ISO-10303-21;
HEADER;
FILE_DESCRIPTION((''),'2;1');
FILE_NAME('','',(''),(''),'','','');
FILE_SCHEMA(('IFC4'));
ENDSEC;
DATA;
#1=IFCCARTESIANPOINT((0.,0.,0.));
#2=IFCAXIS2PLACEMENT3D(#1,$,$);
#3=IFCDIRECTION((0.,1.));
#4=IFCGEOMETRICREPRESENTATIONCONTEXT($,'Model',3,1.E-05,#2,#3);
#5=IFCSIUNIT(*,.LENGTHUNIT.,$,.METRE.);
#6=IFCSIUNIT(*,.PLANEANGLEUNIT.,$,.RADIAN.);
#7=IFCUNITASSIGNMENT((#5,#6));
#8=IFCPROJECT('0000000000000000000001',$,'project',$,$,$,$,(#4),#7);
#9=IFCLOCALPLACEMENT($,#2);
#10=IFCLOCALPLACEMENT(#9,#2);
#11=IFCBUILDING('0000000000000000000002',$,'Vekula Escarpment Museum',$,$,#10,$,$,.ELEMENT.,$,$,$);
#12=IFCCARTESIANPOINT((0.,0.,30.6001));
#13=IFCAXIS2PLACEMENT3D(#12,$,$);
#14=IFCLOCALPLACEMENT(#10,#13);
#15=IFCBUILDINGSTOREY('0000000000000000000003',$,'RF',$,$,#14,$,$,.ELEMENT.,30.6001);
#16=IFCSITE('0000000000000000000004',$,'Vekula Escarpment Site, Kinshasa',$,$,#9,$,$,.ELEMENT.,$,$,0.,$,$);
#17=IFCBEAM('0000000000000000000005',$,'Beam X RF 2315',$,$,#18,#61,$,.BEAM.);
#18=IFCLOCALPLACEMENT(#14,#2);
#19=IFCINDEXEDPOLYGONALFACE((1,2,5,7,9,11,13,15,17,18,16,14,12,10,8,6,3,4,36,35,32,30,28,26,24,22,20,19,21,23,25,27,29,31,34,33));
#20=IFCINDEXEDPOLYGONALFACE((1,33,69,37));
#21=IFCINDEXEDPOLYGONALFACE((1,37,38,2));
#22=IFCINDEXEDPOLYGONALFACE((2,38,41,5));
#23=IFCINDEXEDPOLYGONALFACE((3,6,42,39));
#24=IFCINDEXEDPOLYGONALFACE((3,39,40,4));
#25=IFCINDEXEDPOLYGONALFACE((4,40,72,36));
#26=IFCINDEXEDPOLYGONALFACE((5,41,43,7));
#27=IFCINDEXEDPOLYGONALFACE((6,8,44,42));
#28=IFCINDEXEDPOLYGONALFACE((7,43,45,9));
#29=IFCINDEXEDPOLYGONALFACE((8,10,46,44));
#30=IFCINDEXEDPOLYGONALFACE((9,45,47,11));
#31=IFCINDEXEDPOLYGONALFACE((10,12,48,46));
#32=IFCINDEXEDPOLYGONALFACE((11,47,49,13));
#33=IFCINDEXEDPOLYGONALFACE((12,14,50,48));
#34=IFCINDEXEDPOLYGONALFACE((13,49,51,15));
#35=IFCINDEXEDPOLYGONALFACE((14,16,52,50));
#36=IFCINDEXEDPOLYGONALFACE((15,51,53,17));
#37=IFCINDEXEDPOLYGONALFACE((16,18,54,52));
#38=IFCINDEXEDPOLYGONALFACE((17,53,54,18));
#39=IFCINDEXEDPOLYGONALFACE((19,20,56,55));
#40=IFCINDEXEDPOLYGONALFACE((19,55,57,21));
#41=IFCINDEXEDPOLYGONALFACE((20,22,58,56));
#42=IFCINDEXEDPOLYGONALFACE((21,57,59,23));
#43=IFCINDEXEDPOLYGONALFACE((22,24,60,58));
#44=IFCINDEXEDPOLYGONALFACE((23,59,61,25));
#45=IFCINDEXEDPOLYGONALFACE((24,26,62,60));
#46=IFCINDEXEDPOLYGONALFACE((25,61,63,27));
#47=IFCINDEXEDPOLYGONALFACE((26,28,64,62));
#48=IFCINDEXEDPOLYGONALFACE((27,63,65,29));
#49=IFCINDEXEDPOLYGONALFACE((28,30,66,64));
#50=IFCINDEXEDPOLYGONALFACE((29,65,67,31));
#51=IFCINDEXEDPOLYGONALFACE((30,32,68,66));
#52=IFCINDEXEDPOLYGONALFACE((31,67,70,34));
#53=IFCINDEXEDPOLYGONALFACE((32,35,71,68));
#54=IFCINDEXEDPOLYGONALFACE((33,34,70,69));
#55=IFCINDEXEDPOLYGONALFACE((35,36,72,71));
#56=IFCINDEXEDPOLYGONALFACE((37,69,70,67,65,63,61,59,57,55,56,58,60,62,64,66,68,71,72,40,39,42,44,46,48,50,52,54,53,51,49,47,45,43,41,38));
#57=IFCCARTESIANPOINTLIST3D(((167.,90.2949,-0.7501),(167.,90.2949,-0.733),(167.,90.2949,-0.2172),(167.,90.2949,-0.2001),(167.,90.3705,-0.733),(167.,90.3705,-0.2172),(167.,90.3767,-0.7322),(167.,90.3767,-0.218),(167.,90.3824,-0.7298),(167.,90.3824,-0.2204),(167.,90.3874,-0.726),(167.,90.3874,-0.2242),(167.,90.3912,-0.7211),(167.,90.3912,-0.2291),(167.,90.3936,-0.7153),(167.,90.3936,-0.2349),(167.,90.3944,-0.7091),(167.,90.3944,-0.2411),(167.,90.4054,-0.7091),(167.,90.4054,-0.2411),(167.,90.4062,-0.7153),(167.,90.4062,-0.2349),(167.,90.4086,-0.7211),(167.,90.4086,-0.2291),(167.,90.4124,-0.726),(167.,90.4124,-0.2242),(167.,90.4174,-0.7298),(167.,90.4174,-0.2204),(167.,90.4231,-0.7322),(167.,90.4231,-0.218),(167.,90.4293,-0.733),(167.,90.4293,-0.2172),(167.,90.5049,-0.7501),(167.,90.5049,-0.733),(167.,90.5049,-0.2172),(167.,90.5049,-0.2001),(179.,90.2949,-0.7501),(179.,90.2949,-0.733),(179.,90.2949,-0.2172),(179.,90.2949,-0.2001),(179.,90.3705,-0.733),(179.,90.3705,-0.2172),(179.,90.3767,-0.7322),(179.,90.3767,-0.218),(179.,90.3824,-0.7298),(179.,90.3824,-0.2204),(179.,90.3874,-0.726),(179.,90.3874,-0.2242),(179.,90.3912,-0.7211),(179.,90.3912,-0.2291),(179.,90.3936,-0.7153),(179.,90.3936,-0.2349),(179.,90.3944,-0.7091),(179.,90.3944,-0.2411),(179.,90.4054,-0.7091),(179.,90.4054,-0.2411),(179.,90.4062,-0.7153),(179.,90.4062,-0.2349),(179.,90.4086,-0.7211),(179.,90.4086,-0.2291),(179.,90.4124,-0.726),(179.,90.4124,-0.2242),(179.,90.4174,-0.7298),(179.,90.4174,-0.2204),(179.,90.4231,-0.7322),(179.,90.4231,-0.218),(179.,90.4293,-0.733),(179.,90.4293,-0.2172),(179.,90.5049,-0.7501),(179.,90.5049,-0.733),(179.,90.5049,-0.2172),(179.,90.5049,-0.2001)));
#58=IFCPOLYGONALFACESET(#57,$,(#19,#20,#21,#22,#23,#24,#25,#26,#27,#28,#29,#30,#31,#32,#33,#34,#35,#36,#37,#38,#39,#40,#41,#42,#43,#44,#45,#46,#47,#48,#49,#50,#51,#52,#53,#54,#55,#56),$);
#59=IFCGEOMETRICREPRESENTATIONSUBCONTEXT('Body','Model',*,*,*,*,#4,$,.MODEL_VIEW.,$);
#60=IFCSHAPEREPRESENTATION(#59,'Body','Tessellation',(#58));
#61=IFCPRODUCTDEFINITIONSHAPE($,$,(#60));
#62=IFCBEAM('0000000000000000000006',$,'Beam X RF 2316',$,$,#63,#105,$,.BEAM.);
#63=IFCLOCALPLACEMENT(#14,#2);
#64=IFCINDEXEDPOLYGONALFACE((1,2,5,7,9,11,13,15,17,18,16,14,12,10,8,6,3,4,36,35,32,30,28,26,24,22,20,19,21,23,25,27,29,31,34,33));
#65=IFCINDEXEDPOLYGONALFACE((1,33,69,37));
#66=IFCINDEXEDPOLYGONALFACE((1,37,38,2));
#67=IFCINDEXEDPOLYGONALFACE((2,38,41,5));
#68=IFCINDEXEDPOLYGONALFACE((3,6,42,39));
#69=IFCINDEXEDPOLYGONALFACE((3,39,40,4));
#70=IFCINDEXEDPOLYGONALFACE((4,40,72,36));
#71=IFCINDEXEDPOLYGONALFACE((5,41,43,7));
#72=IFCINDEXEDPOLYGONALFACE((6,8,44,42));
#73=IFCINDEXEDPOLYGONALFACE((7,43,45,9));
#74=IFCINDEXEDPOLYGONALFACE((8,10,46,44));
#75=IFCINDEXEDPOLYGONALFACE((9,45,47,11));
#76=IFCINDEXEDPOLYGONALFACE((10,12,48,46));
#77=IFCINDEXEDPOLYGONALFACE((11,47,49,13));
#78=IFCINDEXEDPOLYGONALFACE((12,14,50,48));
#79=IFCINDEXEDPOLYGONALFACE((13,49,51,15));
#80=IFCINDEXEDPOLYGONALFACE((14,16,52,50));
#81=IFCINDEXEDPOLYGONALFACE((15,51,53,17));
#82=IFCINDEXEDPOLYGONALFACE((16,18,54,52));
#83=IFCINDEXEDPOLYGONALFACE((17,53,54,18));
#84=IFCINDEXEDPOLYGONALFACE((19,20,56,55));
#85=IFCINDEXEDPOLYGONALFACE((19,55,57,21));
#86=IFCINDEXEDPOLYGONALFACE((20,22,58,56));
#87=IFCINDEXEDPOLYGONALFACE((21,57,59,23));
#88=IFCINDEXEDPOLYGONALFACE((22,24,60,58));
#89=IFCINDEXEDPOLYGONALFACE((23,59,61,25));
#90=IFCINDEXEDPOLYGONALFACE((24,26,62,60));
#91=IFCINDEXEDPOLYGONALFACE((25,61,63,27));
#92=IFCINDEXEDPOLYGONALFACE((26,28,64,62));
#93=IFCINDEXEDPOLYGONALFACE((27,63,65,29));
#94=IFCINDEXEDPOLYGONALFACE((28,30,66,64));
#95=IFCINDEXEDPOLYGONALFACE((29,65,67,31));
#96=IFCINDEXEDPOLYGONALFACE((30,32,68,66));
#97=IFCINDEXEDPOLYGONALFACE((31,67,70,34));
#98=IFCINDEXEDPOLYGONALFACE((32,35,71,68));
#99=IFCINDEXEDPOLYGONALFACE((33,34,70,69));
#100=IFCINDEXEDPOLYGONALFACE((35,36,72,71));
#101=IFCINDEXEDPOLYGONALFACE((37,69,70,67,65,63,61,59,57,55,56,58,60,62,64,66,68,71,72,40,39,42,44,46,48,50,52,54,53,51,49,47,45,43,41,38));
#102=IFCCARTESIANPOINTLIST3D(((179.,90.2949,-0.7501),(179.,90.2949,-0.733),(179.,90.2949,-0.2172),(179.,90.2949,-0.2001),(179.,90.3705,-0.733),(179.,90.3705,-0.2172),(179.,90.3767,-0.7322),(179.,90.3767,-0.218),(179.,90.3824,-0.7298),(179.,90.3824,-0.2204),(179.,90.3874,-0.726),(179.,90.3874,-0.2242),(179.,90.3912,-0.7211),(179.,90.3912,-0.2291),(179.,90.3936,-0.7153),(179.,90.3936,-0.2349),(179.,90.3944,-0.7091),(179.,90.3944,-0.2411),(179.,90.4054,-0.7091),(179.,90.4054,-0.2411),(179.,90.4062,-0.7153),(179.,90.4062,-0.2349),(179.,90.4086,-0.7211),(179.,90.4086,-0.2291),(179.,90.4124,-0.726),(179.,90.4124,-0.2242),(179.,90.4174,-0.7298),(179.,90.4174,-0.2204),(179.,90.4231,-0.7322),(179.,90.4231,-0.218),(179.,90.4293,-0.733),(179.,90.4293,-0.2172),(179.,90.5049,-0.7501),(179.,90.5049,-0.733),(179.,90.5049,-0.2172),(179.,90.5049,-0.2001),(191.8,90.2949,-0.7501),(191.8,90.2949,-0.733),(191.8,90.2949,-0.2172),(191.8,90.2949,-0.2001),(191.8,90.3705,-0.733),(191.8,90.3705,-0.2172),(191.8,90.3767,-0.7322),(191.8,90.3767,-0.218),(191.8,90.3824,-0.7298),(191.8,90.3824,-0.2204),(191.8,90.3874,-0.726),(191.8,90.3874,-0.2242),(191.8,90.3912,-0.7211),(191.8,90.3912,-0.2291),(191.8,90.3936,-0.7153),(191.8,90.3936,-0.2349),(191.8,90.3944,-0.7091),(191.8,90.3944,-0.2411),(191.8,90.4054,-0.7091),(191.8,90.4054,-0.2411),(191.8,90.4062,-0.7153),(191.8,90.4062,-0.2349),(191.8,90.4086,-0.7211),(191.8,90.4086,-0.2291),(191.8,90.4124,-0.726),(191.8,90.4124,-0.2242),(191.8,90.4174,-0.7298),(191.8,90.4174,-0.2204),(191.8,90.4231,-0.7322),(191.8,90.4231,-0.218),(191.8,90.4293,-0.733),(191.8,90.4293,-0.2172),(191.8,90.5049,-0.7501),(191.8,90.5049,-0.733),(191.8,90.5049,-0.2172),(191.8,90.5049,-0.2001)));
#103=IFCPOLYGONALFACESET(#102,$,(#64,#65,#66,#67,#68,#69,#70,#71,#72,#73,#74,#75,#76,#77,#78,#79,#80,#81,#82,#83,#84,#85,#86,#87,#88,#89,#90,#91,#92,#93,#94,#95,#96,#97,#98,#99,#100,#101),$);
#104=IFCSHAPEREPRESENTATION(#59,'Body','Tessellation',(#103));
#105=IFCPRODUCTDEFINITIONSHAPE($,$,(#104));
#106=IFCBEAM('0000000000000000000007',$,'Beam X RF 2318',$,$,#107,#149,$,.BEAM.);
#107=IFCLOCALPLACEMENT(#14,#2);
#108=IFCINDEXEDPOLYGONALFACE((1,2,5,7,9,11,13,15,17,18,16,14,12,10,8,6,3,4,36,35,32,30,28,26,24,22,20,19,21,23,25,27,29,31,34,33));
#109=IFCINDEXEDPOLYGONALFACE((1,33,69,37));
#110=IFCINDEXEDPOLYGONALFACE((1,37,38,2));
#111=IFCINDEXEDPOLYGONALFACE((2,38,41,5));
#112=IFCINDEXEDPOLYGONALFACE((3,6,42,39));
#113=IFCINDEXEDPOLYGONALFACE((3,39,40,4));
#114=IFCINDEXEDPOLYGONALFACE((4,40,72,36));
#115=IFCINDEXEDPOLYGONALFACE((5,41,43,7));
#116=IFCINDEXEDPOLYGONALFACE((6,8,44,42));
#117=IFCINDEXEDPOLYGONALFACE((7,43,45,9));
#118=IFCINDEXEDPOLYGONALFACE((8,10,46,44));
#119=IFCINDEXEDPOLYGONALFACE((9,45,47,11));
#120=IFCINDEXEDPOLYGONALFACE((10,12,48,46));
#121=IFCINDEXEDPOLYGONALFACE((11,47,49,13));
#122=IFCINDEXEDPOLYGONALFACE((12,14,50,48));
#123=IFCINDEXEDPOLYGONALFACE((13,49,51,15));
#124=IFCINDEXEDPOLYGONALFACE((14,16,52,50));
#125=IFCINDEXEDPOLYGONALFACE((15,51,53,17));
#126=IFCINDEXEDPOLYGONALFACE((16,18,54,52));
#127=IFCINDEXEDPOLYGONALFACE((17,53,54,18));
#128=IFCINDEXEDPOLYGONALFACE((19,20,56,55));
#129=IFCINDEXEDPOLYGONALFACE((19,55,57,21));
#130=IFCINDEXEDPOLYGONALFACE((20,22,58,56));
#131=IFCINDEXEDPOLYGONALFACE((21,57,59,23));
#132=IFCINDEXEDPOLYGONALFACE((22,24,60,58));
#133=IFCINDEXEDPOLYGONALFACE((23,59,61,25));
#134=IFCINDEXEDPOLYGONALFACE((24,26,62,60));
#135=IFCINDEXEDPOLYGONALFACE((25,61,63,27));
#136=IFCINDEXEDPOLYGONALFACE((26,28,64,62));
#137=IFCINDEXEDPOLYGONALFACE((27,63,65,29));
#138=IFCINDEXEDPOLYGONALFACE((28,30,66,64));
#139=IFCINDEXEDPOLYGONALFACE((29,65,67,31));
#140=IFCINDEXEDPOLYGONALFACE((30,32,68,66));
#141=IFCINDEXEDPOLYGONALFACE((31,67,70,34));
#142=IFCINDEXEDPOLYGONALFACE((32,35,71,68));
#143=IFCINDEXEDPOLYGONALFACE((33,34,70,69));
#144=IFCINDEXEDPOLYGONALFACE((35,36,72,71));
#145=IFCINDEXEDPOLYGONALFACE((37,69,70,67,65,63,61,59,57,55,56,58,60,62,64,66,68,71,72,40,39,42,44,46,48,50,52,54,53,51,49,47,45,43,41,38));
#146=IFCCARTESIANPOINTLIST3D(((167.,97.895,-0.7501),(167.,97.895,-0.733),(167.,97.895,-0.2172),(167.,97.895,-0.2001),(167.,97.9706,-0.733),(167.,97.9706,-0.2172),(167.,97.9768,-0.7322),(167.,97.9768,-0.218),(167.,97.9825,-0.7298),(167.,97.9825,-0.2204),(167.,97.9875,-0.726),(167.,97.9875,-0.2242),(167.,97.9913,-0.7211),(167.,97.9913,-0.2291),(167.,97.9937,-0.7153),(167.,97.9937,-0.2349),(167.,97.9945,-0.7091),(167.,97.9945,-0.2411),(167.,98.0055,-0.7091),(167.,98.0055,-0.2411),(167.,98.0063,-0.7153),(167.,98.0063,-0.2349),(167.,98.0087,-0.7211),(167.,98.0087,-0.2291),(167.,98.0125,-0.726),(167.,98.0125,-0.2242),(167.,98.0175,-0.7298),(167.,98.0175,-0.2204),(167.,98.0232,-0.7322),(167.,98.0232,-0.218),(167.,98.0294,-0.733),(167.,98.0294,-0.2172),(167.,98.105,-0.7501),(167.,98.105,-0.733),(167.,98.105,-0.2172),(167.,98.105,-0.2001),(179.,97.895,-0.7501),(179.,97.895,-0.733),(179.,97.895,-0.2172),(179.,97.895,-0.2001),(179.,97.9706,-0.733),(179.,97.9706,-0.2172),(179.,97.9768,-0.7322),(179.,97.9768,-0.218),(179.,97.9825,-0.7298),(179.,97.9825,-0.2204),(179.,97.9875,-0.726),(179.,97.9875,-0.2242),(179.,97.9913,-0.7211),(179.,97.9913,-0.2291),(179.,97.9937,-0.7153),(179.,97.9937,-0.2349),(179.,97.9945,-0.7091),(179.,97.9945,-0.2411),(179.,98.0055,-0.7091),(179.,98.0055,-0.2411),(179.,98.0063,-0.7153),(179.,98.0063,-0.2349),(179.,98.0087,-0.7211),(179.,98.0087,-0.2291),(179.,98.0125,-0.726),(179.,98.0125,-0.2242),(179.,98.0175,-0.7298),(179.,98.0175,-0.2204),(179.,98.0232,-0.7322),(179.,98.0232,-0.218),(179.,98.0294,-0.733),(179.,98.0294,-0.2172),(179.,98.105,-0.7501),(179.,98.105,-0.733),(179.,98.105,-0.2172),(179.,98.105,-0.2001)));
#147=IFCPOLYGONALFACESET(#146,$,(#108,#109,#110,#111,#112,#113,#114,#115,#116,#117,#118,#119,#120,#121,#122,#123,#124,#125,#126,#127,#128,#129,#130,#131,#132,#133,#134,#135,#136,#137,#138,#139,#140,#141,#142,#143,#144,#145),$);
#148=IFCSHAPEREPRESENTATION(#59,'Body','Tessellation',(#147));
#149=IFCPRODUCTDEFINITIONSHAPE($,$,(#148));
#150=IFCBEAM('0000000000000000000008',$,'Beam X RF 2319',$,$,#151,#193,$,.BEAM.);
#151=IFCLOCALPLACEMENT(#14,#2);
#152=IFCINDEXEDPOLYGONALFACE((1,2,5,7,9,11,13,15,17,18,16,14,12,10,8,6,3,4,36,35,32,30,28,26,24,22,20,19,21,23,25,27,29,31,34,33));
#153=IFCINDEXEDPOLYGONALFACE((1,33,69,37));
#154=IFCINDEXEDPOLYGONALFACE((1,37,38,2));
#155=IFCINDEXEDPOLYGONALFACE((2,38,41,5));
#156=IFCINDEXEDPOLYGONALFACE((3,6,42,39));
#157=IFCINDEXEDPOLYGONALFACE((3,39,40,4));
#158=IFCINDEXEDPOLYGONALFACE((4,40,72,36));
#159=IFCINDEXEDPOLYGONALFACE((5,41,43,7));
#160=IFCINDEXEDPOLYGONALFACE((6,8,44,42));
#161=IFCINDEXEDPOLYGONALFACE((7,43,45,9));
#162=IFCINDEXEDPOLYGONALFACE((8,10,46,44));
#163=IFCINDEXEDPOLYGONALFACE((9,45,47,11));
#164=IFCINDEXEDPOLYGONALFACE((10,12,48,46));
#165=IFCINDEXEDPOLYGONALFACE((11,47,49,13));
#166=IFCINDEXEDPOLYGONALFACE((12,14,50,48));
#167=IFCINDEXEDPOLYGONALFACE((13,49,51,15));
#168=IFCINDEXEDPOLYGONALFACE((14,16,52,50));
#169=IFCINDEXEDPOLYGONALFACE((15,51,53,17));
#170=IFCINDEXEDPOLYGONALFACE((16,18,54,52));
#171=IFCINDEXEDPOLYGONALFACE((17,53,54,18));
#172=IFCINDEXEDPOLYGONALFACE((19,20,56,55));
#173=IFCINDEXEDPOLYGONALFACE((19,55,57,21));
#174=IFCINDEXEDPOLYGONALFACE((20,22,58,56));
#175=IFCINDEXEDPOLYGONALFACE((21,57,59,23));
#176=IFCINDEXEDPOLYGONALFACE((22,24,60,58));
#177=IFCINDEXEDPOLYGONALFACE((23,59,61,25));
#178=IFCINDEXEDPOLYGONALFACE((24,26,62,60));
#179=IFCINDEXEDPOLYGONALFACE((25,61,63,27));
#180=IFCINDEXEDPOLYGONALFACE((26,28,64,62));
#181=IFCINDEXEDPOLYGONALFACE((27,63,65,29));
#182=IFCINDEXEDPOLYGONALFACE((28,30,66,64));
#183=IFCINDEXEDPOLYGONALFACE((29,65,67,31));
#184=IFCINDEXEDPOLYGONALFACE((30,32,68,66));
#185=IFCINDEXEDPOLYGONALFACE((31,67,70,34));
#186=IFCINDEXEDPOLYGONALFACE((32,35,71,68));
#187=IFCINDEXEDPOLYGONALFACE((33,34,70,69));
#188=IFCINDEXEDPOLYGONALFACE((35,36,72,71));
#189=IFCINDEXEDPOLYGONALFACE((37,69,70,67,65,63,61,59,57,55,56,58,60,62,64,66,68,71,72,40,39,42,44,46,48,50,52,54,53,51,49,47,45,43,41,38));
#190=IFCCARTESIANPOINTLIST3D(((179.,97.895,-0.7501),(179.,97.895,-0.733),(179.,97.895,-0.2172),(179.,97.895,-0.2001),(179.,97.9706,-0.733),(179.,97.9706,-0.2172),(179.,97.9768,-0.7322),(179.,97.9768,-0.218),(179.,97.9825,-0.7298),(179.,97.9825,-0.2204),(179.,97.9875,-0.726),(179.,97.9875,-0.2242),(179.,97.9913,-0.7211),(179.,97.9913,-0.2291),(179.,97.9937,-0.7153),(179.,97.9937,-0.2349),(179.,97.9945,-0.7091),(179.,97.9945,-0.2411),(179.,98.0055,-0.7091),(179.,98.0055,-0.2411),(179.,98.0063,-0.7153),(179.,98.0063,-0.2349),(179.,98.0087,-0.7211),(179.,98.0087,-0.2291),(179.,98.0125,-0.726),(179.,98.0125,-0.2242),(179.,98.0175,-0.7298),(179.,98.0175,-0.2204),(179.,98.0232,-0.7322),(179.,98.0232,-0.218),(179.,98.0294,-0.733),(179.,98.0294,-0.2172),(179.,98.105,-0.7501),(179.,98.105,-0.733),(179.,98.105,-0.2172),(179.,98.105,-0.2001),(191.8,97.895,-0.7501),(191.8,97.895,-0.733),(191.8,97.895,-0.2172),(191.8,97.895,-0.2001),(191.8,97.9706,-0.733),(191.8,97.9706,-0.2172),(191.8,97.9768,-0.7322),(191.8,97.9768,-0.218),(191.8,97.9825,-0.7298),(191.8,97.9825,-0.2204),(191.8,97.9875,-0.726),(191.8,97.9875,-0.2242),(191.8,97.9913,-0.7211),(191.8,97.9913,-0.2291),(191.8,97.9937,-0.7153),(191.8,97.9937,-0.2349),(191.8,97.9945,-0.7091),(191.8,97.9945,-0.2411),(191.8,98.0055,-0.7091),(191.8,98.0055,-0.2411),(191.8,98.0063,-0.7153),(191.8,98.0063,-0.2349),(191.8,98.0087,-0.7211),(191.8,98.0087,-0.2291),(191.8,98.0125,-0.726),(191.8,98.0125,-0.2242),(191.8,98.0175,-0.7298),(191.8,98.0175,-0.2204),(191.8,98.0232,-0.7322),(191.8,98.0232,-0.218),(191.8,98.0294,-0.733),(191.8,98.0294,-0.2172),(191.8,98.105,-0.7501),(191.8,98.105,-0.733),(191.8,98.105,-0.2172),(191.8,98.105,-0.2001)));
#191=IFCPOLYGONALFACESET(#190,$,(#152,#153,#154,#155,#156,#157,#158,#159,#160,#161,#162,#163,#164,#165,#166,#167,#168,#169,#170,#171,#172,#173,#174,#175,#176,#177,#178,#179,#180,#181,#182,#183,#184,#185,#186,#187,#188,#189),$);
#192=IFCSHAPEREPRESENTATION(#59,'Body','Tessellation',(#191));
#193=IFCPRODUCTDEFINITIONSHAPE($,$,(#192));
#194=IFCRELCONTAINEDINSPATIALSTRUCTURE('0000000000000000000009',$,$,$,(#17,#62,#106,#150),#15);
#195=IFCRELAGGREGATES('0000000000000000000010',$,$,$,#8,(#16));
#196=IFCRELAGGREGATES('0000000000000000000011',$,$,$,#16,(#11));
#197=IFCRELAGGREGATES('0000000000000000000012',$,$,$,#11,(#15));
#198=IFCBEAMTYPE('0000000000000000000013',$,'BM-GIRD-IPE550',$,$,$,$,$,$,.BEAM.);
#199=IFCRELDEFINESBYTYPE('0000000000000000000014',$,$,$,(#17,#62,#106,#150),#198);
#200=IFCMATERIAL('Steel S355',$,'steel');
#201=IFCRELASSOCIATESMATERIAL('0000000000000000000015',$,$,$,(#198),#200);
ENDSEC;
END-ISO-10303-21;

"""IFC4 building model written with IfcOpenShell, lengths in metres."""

from ifc_helpers import new_model, si_unit, direction, frame, origin, origin_2d, place, context, subcontext, project, spatial, i_section, extrude, material, material_profile, profile_set, type_object, element, save


model = new_model("IFC4")

# Units and contexts
model_context = context("Model", 3, precision=1e-05, world=origin(), true_north=direction((0.0, 1.0)))
body_context = subcontext(model_context, "Body", "Model", "MODEL_VIEW")
ifc_project = project(units=[si_unit("LENGTHUNIT", "METRE"), si_unit("PLANEANGLEUNIT", "RADIAN")], contexts=[model_context])

# Site, building, storey
site_placement = place(None, origin())
site = spatial("IfcSite", under=ifc_project, at=site_placement, Name="Vekula Escarpment Site, Kinshasa", CompositionType="ELEMENT", RefElevation=0.0)
building_placement = place(site_placement, origin())
building = spatial("IfcBuilding", under=site, at=building_placement, Name="Vekula Escarpment Museum", CompositionType="ELEMENT")
storey_placement = place(building_placement, frame((0.0, 0.0, 30.6001)))
storey = spatial("IfcBuildingStorey", under=building, at=storey_placement, Name="RF", CompositionType="ELEMENT", Elevation=30.6001)

# Beams
ifc_material_1 = material(Name="Steel S355", Category="steel")
ifc_material_profile_1 = material_profile(ifc_material_1, i_section(OverallWidth=0.21, OverallDepth=0.55, WebThickness=0.011, FlangeThickness=0.0171, FilletRadius=0.0239, at=origin_2d()), Name="IPE 550")
ifc_profile_set_1 = profile_set([ifc_material_profile_1], Name="Steel S355")
beam_type_1 = type_object("IfcBeamType", Name="BM-GIRD-IPE550", PredefinedType="BEAM", material=ifc_profile_set_1)
beam_1_placement = place(storey_placement, frame((167.0, 90.3999, -0.4751), z_axis=(1.0, 0.0, 0.0), x_axis=(0.0, 1.0, 0.0)))
element("IfcBeam", 1, at=beam_1_placement, inside=storey, type_object=beam_type_1, Name="Beam X RF 2315", PredefinedType="BEAM", context=body_context, shape_type="SweptSolid", body=[
    extrude(i_section(OverallWidth=0.21, OverallDepth=0.55, WebThickness=0.011, FlangeThickness=0.0171, FilletRadius=0.0239, at=origin_2d()), origin(), (0.0, 0.0, 1.0), 12.0),
])
beam_2_placement = place(storey_placement, frame((179.0, 90.3999, -0.4751), z_axis=(1.0, 0.0, 0.0), x_axis=(0.0, 1.0, 0.0)))
element("IfcBeam", 2, at=beam_2_placement, inside=storey, type_object=beam_type_1, Name="Beam X RF 2316", PredefinedType="BEAM", context=body_context, shape_type="SweptSolid", body=[
    extrude(i_section(OverallWidth=0.21, OverallDepth=0.55, WebThickness=0.011, FlangeThickness=0.0171, FilletRadius=0.0239, at=origin_2d()), origin(), (0.0, 0.0, 1.0), 12.8),
])
beam_3_placement = place(storey_placement, frame((167.0, 98.0, -0.4751), z_axis=(1.0, 0.0, 0.0), x_axis=(0.0, 1.0, 0.0)))
element("IfcBeam", 3, at=beam_3_placement, inside=storey, type_object=beam_type_1, Name="Beam X RF 2318", PredefinedType="BEAM", context=body_context, shape_type="SweptSolid", body=[
    extrude(i_section(OverallWidth=0.21, OverallDepth=0.55, WebThickness=0.011, FlangeThickness=0.0171, FilletRadius=0.0239, at=origin_2d()), origin(), (0.0, 0.0, 1.0), 12.0),
])
beam_4_placement = place(storey_placement, frame((179.0, 98.0, -0.4751), z_axis=(1.0, 0.0, 0.0), x_axis=(0.0, 1.0, 0.0)))
element("IfcBeam", 4, at=beam_4_placement, inside=storey, type_object=beam_type_1, Name="Beam X RF 2319", PredefinedType="BEAM", context=body_context, shape_type="SweptSolid", body=[
    extrude(i_section(OverallWidth=0.21, OverallDepth=0.55, WebThickness=0.011, FlangeThickness=0.0171, FilletRadius=0.0239, at=origin_2d()), origin(), (0.0, 0.0, 1.0), 12.8),
])

save(model, "model.ifc")
